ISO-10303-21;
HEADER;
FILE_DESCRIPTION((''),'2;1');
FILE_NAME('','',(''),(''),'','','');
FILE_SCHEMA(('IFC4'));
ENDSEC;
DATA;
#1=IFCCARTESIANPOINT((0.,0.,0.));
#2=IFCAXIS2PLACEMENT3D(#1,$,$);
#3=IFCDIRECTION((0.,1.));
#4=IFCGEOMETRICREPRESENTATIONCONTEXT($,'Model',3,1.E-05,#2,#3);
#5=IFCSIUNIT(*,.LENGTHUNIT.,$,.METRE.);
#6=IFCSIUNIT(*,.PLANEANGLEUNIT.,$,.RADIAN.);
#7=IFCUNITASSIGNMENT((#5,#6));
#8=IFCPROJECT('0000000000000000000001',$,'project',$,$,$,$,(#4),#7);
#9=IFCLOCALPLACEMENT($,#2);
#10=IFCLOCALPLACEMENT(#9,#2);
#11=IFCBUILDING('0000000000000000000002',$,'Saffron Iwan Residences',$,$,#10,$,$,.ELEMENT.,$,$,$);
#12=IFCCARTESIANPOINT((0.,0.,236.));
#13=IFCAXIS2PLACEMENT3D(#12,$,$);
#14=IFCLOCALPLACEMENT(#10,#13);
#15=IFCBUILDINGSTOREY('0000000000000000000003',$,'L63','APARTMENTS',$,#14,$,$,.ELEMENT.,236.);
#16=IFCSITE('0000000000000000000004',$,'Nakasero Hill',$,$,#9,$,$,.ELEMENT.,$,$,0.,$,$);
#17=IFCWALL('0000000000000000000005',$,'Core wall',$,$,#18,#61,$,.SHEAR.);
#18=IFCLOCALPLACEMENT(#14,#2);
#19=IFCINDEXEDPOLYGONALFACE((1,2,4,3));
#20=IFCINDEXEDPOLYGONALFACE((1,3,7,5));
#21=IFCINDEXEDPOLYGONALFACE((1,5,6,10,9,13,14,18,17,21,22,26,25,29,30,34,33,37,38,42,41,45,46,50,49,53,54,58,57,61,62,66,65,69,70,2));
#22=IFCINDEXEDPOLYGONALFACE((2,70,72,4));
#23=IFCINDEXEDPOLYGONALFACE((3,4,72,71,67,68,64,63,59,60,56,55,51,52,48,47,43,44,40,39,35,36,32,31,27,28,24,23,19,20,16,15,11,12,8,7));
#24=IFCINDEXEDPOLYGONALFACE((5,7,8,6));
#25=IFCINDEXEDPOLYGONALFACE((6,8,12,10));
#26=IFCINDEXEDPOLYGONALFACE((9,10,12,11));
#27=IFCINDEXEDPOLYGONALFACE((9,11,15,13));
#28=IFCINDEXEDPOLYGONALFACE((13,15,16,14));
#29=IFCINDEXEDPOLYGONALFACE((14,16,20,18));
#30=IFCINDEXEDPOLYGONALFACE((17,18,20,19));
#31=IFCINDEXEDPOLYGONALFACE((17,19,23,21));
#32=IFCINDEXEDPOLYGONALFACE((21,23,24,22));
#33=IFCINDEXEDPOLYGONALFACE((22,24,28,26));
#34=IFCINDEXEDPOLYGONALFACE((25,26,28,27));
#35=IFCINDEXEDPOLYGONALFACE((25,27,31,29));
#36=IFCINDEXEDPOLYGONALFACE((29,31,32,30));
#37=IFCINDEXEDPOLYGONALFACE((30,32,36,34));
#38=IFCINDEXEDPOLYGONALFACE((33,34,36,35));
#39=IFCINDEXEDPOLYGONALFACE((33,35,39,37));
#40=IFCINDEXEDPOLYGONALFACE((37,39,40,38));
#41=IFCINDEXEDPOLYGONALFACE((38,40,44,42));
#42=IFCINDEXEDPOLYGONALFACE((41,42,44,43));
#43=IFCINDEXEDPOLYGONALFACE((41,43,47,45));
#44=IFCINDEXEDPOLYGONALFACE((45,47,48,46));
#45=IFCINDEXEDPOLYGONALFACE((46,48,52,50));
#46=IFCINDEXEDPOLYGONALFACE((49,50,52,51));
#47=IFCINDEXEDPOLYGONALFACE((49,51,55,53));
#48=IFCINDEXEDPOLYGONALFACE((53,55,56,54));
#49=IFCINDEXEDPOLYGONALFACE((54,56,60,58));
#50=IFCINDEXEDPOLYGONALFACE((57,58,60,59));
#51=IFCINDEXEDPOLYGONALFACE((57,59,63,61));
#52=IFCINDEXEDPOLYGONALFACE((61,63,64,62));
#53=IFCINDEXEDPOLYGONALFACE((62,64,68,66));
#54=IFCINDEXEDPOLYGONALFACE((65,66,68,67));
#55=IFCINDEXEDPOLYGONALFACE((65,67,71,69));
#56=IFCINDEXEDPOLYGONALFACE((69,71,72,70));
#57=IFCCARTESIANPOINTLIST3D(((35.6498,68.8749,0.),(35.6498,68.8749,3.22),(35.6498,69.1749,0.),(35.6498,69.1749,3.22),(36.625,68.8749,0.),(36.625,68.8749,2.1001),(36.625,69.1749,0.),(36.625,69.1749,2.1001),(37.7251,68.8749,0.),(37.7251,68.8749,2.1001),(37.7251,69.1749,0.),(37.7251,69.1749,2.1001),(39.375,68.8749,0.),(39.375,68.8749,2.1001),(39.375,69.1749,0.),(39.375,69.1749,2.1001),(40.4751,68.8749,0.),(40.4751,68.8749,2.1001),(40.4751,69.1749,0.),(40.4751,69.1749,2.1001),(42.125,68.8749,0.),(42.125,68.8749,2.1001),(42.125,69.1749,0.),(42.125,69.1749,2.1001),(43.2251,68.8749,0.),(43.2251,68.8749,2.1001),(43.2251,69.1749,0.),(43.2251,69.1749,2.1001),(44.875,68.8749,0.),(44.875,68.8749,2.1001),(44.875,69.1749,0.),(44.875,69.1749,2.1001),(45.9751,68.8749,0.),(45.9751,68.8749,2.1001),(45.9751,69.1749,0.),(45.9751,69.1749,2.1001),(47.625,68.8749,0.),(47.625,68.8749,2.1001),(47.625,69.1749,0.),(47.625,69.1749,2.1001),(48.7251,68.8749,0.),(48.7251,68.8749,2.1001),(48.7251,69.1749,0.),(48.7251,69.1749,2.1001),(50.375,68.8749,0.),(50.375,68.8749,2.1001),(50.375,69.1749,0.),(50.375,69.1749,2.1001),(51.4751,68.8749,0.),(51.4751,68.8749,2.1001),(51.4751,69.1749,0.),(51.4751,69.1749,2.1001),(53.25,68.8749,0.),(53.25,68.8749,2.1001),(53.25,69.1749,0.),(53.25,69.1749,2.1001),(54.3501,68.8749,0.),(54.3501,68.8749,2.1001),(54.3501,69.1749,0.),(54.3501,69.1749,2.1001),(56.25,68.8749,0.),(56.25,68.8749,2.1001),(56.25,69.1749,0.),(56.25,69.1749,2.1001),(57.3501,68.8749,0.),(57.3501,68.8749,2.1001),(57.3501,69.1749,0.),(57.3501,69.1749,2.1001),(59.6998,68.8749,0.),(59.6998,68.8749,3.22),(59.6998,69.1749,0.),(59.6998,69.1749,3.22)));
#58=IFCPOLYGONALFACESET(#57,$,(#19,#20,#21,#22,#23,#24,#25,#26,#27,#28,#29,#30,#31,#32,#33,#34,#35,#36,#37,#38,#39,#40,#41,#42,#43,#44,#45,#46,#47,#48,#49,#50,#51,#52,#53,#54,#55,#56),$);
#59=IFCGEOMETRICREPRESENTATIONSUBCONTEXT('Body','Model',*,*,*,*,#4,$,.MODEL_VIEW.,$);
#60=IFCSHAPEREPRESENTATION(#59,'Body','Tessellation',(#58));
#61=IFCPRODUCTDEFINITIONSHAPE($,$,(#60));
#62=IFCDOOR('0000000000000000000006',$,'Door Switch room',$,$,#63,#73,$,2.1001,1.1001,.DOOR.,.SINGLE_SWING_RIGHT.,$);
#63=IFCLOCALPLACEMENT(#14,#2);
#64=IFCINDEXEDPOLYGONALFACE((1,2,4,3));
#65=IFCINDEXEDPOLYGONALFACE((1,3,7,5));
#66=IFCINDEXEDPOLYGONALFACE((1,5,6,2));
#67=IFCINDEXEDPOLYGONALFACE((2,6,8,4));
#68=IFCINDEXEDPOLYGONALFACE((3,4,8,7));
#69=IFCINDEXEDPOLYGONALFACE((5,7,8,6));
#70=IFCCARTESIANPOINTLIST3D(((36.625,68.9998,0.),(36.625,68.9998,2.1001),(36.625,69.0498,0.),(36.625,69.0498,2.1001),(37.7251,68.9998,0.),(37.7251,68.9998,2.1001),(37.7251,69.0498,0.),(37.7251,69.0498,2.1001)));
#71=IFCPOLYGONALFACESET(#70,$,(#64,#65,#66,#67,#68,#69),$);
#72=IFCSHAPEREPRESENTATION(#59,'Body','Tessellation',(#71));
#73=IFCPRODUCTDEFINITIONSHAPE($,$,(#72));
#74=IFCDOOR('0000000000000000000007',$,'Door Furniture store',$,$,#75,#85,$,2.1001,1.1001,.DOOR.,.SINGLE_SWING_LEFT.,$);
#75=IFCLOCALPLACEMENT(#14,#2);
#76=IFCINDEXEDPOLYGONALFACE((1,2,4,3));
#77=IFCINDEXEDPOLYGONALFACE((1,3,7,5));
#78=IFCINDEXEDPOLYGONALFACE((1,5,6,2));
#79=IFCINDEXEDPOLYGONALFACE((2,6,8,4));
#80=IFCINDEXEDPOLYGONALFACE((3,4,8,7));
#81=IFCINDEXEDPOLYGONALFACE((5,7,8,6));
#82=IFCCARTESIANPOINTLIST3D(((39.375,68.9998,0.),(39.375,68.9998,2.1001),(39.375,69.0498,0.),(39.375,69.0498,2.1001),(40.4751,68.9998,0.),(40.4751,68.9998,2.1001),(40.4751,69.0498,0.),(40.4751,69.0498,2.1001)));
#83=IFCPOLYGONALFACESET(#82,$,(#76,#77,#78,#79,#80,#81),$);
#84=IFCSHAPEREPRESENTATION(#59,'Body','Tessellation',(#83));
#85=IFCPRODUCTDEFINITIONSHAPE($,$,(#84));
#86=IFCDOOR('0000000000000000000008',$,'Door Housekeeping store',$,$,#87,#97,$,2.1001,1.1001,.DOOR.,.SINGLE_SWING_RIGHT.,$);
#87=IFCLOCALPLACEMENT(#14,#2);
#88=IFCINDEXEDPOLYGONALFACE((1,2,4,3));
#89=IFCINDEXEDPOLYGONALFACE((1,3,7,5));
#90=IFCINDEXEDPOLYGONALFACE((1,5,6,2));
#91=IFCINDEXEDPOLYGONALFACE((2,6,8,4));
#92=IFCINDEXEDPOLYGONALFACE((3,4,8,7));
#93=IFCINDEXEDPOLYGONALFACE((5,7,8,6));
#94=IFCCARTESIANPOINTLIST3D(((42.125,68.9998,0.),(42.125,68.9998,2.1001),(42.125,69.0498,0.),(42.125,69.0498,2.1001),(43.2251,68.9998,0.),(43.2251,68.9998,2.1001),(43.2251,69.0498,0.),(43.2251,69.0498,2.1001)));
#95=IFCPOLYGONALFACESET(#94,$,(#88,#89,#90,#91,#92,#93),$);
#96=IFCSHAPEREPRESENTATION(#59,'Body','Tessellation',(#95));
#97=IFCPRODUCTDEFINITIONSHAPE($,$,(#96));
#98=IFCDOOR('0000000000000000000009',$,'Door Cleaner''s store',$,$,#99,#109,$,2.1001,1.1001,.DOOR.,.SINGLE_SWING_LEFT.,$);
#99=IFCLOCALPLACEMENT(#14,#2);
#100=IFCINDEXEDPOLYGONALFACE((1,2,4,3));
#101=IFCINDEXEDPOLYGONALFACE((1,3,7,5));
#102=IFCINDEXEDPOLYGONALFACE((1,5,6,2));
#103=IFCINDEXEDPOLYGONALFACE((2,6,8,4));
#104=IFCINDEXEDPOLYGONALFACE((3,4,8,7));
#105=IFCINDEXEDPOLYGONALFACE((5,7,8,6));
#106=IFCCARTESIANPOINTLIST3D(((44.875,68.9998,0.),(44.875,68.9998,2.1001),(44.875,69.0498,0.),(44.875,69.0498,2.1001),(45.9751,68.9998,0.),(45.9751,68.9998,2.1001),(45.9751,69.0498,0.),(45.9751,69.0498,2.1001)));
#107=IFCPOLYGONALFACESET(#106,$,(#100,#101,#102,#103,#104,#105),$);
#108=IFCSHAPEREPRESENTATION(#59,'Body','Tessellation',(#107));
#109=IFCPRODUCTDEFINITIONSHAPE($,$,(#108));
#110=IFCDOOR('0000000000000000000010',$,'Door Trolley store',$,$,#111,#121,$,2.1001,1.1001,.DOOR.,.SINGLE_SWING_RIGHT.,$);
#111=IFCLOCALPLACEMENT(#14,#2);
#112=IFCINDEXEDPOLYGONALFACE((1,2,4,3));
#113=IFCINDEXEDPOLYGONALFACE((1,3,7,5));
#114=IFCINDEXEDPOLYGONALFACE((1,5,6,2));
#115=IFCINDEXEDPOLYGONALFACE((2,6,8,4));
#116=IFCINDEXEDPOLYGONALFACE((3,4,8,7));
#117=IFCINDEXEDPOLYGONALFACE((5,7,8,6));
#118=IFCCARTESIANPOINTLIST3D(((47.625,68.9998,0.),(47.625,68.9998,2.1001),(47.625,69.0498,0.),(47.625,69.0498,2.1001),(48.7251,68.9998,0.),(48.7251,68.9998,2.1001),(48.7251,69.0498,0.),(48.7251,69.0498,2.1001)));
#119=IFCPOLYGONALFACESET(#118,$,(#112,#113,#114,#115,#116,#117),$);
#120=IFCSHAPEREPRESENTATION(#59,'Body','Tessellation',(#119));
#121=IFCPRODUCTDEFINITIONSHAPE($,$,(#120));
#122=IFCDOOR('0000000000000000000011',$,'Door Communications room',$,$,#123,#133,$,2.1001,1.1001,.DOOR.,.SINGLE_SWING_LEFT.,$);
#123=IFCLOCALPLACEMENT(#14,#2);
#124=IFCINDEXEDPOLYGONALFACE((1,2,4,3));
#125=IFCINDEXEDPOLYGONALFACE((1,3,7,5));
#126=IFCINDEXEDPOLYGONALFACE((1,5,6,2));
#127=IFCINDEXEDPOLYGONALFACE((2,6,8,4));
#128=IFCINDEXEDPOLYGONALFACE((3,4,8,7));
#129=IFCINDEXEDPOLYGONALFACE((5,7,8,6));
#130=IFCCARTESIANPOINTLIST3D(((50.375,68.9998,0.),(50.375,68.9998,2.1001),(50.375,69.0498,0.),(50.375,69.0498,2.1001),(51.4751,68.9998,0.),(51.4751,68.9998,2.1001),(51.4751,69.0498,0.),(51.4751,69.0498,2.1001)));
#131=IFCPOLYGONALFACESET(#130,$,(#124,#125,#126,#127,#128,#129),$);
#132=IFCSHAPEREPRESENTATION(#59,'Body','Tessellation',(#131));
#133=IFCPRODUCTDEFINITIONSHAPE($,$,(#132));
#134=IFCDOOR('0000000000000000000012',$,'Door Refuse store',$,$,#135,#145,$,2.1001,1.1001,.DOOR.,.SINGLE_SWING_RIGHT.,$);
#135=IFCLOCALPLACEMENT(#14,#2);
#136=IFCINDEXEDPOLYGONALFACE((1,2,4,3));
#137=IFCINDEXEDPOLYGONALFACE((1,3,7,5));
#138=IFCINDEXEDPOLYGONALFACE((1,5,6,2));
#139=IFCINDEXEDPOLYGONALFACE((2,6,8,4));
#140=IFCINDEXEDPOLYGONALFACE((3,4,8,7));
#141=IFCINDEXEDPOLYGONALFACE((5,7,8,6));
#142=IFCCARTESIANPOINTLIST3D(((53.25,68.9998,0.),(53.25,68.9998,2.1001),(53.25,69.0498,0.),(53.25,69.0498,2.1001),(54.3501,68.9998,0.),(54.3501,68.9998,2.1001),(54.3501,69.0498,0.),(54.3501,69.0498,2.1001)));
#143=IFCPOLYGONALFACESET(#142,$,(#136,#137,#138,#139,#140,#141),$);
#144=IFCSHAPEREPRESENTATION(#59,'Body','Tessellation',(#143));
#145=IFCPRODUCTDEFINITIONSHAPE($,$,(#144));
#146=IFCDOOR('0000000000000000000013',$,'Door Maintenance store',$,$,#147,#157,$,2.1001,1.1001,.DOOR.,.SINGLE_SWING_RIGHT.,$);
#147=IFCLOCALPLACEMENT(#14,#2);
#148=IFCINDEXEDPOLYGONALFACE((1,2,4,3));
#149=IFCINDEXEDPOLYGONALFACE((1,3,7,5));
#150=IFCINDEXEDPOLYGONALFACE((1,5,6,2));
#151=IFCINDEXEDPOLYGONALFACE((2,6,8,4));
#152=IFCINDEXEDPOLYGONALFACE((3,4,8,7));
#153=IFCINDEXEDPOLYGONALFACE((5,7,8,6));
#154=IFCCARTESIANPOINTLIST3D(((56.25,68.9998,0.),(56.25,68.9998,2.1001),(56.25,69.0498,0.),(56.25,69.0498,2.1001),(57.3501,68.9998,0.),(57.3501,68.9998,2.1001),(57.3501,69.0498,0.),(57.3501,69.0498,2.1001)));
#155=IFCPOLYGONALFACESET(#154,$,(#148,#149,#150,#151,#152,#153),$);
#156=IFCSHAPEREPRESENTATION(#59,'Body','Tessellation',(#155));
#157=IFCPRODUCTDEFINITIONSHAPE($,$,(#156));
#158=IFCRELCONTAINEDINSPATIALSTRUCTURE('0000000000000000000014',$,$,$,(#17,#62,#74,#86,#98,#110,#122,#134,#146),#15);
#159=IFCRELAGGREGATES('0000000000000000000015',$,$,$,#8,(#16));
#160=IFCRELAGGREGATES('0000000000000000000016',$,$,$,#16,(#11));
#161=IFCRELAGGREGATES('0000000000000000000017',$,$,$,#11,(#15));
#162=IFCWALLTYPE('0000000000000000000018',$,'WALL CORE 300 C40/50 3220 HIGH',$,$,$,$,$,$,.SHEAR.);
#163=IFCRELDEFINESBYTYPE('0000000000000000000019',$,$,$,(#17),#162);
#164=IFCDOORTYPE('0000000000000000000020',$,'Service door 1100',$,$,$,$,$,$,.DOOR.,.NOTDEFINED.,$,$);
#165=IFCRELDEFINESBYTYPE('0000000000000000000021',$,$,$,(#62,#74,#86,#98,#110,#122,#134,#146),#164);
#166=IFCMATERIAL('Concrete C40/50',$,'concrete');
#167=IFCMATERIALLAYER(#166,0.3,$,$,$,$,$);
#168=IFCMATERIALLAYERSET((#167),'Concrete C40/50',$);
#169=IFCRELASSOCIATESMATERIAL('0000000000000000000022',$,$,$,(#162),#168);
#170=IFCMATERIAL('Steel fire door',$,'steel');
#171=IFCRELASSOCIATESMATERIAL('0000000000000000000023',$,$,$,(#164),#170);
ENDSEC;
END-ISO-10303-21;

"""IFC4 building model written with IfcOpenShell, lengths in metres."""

from ifc_helpers import new_model, si_unit, direction, frame, frame_2d, origin, place, context, subcontext, project, spatial, rectangle, extrude, material, layer, layer_set, type_object, element, fill, save


model = new_model("IFC4")

# Units and contexts
model_context = context("Model", 3, precision=1e-05, world=origin(), true_north=direction((0.0, 1.0)))
body_context = subcontext(model_context, "Body", "Model", "MODEL_VIEW")
ifc_project = project(units=[si_unit("LENGTHUNIT", "METRE"), si_unit("PLANEANGLEUNIT", "RADIAN")], contexts=[model_context])

# Site, building, storey
site_placement = place(None, origin())
site = spatial("IfcSite", under=ifc_project, at=site_placement, Name="Nakasero Hill", CompositionType="ELEMENT", RefElevation=0.0)
building_placement = place(site_placement, origin())
building = spatial("IfcBuilding", under=site, at=building_placement, Name="Saffron Iwan Residences", CompositionType="ELEMENT")
storey_placement = place(building_placement, frame((0.0, 0.0, 236.0)))
storey = spatial("IfcBuildingStorey", under=building, at=storey_placement, Name="L63", Description="APARTMENTS", CompositionType="ELEMENT", Elevation=236.0)

# Wall, openings, doors
ifc_material_1 = material(Name="Concrete C40/50", Category="concrete")
ifc_layer_1 = layer(ifc_material_1, 0.3)
ifc_layer_set_1 = layer_set([ifc_layer_1], Name="Concrete C40/50")
wall_type = type_object("IfcWallType", Name="WALL CORE 300 C40/50 3220 HIGH", PredefinedType="SHEAR", material=ifc_layer_set_1)
wall_1_placement = place(storey_placement, frame((35.6499, 69.0249, 0.0), z_axis=(0.0, 0.0, 1.0), x_axis=(1.0, 0.0, 0.0)))
wall_1 = element("IfcWall", 1, at=wall_1_placement, inside=storey, type_object=wall_type, Name="Core wall", PredefinedType="SHEAR", context=body_context, shape_type="SweptSolid", body=[
    extrude(rectangle(XDim=24.05, YDim=0.3, at=frame_2d((12.0249, 0.0))), origin(), (0.0, 0.0, 1.0), 3.22),
])
opening_1_placement = place(wall_1_placement, frame((0.9751, 0.0, 0.0)))
opening_1 = element("IfcOpeningElement", 2, at=opening_1_placement, cuts=wall_1, PredefinedType="OPENING", context=body_context, shape_type="SweptSolid", body=[
    extrude(rectangle(XDim=1.1001, YDim=2.1001, at=frame_2d((0.55, 1.05))), frame((0.0, 0.1602, 0.0), z_axis=(0.0, -1.0, 0.0), x_axis=(1.0, 0.0, 0.0)), (0.0, 0.0, 1.0), 0.3201),
])
opening_2_placement = place(wall_1_placement, frame((3.7251, 0.0, 0.0)))
opening_2 = element("IfcOpeningElement", 3, at=opening_2_placement, cuts=wall_1, PredefinedType="OPENING", context=body_context, shape_type="SweptSolid", body=[
    extrude(rectangle(XDim=1.1001, YDim=2.1001, at=frame_2d((0.55, 1.05))), frame((0.0, 0.1602, 0.0), z_axis=(0.0, -1.0, 0.0), x_axis=(1.0, 0.0, 0.0)), (0.0, 0.0, 1.0), 0.3201),
])
opening_3_placement = place(wall_1_placement, frame((6.4751, 0.0, 0.0)))
opening_3 = element("IfcOpeningElement", 4, at=opening_3_placement, cuts=wall_1, PredefinedType="OPENING", context=body_context, shape_type="SweptSolid", body=[
    extrude(rectangle(XDim=1.1001, YDim=2.1001, at=frame_2d((0.55, 1.05))), frame((0.0, 0.1602, 0.0), z_axis=(0.0, -1.0, 0.0), x_axis=(1.0, 0.0, 0.0)), (0.0, 0.0, 1.0), 0.3201),
])
opening_4_placement = place(wall_1_placement, frame((9.2251, 0.0, 0.0)))
opening_4 = element("IfcOpeningElement", 5, at=opening_4_placement, cuts=wall_1, PredefinedType="OPENING", context=body_context, shape_type="SweptSolid", body=[
    extrude(rectangle(XDim=1.1001, YDim=2.1001, at=frame_2d((0.55, 1.05))), frame((0.0, 0.1602, 0.0), z_axis=(0.0, -1.0, 0.0), x_axis=(1.0, 0.0, 0.0)), (0.0, 0.0, 1.0), 0.3201),
])
opening_5_placement = place(wall_1_placement, frame((11.9751, 0.0, 0.0)))
opening_5 = element("IfcOpeningElement", 6, at=opening_5_placement, cuts=wall_1, PredefinedType="OPENING", context=body_context, shape_type="SweptSolid", body=[
    extrude(rectangle(XDim=1.1001, YDim=2.1001, at=frame_2d((0.55, 1.05))), frame((0.0, 0.1602, 0.0), z_axis=(0.0, -1.0, 0.0), x_axis=(1.0, 0.0, 0.0)), (0.0, 0.0, 1.0), 0.3201),
])
opening_6_placement = place(wall_1_placement, frame((14.7251, 0.0, 0.0)))
opening_6 = element("IfcOpeningElement", 7, at=opening_6_placement, cuts=wall_1, PredefinedType="OPENING", context=body_context, shape_type="SweptSolid", body=[
    extrude(rectangle(XDim=1.1001, YDim=2.1001, at=frame_2d((0.55, 1.05))), frame((0.0, 0.1602, 0.0), z_axis=(0.0, -1.0, 0.0), x_axis=(1.0, 0.0, 0.0)), (0.0, 0.0, 1.0), 0.3201),
])
opening_7_placement = place(wall_1_placement, frame((17.6001, 0.0, 0.0)))
opening_7 = element("IfcOpeningElement", 8, at=opening_7_placement, cuts=wall_1, PredefinedType="OPENING", context=body_context, shape_type="SweptSolid", body=[
    extrude(rectangle(XDim=1.1001, YDim=2.1001, at=frame_2d((0.55, 1.05))), frame((0.0, 0.1602, 0.0), z_axis=(0.0, -1.0, 0.0), x_axis=(1.0, 0.0, 0.0)), (0.0, 0.0, 1.0), 0.3201),
])
opening_8_placement = place(wall_1_placement, frame((20.6001, 0.0, 0.0)))
opening_8 = element("IfcOpeningElement", 9, at=opening_8_placement, cuts=wall_1, PredefinedType="OPENING", context=body_context, shape_type="SweptSolid", body=[
    extrude(rectangle(XDim=1.1001, YDim=2.1001, at=frame_2d((0.55, 1.05))), frame((0.0, 0.1602, 0.0), z_axis=(0.0, -1.0, 0.0), x_axis=(1.0, 0.0, 0.0)), (0.0, 0.0, 1.0), 0.3201),
])
ifc_material_2 = material(Name="Steel fire door", Category="steel")
door_type_1 = type_object("IfcDoorType", Name="Service door 1100", OperationType="NOTDEFINED", PredefinedType="DOOR", material=ifc_material_2)
door_1_placement = place(opening_1_placement, origin())
door_1 = element("IfcDoor", 10, at=door_1_placement, inside=storey, type_object=door_type_1, Name="Door Switch room", OperationType="SINGLE_SWING_RIGHT", OverallHeight=2.1001, OverallWidth=1.1001, PredefinedType="DOOR", context=body_context, shape_type="SweptSolid", body=[
    extrude(rectangle(XDim=1.1001, YDim=2.1001, at=frame_2d((0.55, 1.05))), frame((0.0, 0.0249, 0.0), z_axis=(0.0, -1.0, 0.0), x_axis=(1.0, 0.0, 0.0)), (0.0, 0.0, 1.0), 0.05),
])
fill(opening_1, door_1)
door_2_placement = place(opening_2_placement, origin())
door_2 = element("IfcDoor", 11, at=door_2_placement, inside=storey, type_object=door_type_1, Name="Door Furniture store", OperationType="SINGLE_SWING_LEFT", OverallHeight=2.1001, OverallWidth=1.1001, PredefinedType="DOOR", context=body_context, shape_type="SweptSolid", body=[
    extrude(rectangle(XDim=1.1001, YDim=2.1001, at=frame_2d((0.55, 1.05))), frame((0.0, 0.0249, 0.0), z_axis=(0.0, -1.0, 0.0), x_axis=(1.0, 0.0, 0.0)), (0.0, 0.0, 1.0), 0.05),
])
fill(opening_2, door_2)
door_3_placement = place(opening_3_placement, origin())
door_3 = element("IfcDoor", 12, at=door_3_placement, inside=storey, type_object=door_type_1, Name="Door Housekeeping store", OperationType="SINGLE_SWING_RIGHT", OverallHeight=2.1001, OverallWidth=1.1001, PredefinedType="DOOR", context=body_context, shape_type="SweptSolid", body=[
    extrude(rectangle(XDim=1.1001, YDim=2.1001, at=frame_2d((0.55, 1.05))), frame((0.0, 0.0249, 0.0), z_axis=(0.0, -1.0, 0.0), x_axis=(1.0, 0.0, 0.0)), (0.0, 0.0, 1.0), 0.05),
])
fill(opening_3, door_3)
door_4_placement = place(opening_4_placement, origin())
door_4 = element("IfcDoor", 13, at=door_4_placement, inside=storey, type_object=door_type_1, Name="Door Cleaner's store", OperationType="SINGLE_SWING_LEFT", OverallHeight=2.1001, OverallWidth=1.1001, PredefinedType="DOOR", context=body_context, shape_type="SweptSolid", body=[
    extrude(rectangle(XDim=1.1001, YDim=2.1001, at=frame_2d((0.55, 1.05))), frame((0.0, 0.0249, 0.0), z_axis=(0.0, -1.0, 0.0), x_axis=(1.0, 0.0, 0.0)), (0.0, 0.0, 1.0), 0.05),
])
fill(opening_4, door_4)
door_5_placement = place(opening_5_placement, origin())
door_5 = element("IfcDoor", 14, at=door_5_placement, inside=storey, type_object=door_type_1, Name="Door Trolley store", OperationType="SINGLE_SWING_RIGHT", OverallHeight=2.1001, OverallWidth=1.1001, PredefinedType="DOOR", context=body_context, shape_type="SweptSolid", body=[
    extrude(rectangle(XDim=1.1001, YDim=2.1001, at=frame_2d((0.55, 1.05))), frame((0.0, 0.0249, 0.0), z_axis=(0.0, -1.0, 0.0), x_axis=(1.0, 0.0, 0.0)), (0.0, 0.0, 1.0), 0.05),
])
fill(opening_5, door_5)
door_6_placement = place(opening_6_placement, origin())
door_6 = element("IfcDoor", 15, at=door_6_placement, inside=storey, type_object=door_type_1, Name="Door Communications room", OperationType="SINGLE_SWING_LEFT", OverallHeight=2.1001, OverallWidth=1.1001, PredefinedType="DOOR", context=body_context, shape_type="SweptSolid", body=[
    extrude(rectangle(XDim=1.1001, YDim=2.1001, at=frame_2d((0.55, 1.05))), frame((0.0, 0.0249, 0.0), z_axis=(0.0, -1.0, 0.0), x_axis=(1.0, 0.0, 0.0)), (0.0, 0.0, 1.0), 0.05),
])
fill(opening_6, door_6)
door_7_placement = place(opening_7_placement, origin())
door_7 = element("IfcDoor", 16, at=door_7_placement, inside=storey, type_object=door_type_1, Name="Door Refuse store", OperationType="SINGLE_SWING_RIGHT", OverallHeight=2.1001, OverallWidth=1.1001, PredefinedType="DOOR", context=body_context, shape_type="SweptSolid", body=[
    extrude(rectangle(XDim=1.1001, YDim=2.1001, at=frame_2d((0.55, 1.05))), frame((0.0, 0.0249, 0.0), z_axis=(0.0, -1.0, 0.0), x_axis=(1.0, 0.0, 0.0)), (0.0, 0.0, 1.0), 0.05),
])
fill(opening_7, door_7)
door_8_placement = place(opening_8_placement, origin())
door_8 = element("IfcDoor", 17, at=door_8_placement, inside=storey, type_object=door_type_1, Name="Door Maintenance store", OperationType="SINGLE_SWING_RIGHT", OverallHeight=2.1001, OverallWidth=1.1001, PredefinedType="DOOR", context=body_context, shape_type="SweptSolid", body=[
    extrude(rectangle(XDim=1.1001, YDim=2.1001, at=frame_2d((0.55, 1.05))), frame((0.0, 0.0249, 0.0), z_axis=(0.0, -1.0, 0.0), x_axis=(1.0, 0.0, 0.0)), (0.0, 0.0, 1.0), 0.05),
])
fill(opening_8, door_8)

save(model, "model.ifc")
